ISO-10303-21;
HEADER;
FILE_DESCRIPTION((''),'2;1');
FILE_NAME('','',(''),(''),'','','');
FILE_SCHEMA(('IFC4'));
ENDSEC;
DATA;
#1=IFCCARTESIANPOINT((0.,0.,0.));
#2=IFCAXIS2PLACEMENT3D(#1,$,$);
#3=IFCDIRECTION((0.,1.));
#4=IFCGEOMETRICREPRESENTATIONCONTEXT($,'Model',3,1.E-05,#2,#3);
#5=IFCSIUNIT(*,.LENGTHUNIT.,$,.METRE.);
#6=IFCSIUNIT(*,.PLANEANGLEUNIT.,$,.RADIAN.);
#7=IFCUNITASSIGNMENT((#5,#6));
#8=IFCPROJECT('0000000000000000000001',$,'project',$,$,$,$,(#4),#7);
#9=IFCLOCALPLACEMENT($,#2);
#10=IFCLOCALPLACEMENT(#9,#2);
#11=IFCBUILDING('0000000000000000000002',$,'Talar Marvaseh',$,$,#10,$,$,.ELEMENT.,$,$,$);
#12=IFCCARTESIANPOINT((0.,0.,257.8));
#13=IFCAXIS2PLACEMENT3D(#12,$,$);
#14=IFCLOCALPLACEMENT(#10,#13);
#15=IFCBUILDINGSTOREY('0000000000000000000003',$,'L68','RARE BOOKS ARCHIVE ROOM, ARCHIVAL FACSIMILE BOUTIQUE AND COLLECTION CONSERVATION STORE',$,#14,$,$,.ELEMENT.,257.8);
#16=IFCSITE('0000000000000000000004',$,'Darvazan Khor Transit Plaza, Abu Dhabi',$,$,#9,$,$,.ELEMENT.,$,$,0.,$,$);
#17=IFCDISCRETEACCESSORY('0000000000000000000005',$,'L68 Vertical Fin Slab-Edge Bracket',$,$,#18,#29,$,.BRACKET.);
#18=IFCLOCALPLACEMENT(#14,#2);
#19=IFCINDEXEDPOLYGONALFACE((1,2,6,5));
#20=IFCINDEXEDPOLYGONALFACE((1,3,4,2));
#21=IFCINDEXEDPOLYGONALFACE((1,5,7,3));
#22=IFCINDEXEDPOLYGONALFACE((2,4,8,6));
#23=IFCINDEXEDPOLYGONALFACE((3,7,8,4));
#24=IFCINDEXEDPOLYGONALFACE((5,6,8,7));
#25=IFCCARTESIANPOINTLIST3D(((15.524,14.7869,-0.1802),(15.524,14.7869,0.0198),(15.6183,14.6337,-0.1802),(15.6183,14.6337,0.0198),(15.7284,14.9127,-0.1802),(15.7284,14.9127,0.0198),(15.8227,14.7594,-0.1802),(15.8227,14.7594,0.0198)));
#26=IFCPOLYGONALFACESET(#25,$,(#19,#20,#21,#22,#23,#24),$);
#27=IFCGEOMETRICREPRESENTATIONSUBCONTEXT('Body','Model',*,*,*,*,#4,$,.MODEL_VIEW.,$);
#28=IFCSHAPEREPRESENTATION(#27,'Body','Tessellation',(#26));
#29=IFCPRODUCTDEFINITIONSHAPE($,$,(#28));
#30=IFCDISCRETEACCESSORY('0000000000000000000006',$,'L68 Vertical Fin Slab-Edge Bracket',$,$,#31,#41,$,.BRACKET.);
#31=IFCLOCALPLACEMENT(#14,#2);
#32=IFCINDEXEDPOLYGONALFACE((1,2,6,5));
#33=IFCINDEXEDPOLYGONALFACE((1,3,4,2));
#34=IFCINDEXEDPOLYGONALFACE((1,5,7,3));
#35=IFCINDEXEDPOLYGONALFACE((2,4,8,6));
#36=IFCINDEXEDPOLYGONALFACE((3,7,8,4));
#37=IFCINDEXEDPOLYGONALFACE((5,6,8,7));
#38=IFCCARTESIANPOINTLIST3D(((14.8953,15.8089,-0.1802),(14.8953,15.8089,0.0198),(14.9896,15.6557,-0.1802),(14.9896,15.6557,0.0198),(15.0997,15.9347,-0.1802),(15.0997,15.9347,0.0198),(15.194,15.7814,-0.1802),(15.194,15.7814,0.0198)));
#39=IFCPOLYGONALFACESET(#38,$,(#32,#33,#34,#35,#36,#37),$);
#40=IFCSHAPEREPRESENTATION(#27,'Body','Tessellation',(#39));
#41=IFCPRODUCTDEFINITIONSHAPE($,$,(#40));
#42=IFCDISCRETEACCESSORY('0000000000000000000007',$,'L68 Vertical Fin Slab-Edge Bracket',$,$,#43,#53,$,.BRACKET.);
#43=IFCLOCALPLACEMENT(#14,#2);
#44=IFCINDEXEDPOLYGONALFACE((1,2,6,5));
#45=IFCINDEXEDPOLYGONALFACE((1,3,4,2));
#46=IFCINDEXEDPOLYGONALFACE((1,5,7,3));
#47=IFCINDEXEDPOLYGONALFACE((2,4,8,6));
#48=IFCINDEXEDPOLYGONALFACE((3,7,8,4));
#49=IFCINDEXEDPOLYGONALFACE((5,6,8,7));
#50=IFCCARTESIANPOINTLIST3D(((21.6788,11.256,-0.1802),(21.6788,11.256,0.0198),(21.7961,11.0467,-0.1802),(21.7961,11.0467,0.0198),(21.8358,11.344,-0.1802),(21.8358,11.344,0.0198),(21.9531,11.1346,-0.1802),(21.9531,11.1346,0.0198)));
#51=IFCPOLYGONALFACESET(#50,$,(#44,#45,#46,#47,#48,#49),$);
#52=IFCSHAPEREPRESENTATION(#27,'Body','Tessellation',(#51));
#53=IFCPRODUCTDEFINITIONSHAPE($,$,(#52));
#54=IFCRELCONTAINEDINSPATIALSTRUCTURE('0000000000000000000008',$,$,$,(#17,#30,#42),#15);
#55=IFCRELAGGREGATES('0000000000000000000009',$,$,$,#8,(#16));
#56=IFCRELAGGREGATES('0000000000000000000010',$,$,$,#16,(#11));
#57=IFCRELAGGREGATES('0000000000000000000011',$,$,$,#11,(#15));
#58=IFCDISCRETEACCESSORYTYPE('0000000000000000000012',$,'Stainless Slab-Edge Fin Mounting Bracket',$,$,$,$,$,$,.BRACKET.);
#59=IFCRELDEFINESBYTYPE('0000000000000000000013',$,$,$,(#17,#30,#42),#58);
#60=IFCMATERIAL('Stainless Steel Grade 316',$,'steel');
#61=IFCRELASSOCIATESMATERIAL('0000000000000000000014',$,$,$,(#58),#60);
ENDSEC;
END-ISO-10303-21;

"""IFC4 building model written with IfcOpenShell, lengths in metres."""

from ifc_helpers import new_model, si_unit, direction, frame, origin, origin_2d, place, context, subcontext, project, spatial, rectangle, extrude, source, transform, mapped, material, type_object, type_shapes, element, save


model = new_model("IFC4")

# Units and contexts
model_context = context("Model", 3, precision=1e-05, world=origin(), true_north=direction((0.0, 1.0)))
body_context = subcontext(model_context, "Body", "Model", "MODEL_VIEW")
ifc_project = project(units=[si_unit("LENGTHUNIT", "METRE"), si_unit("PLANEANGLEUNIT", "RADIAN")], contexts=[model_context])

# Site, building, storey
site_placement = place(None, origin())
site = spatial("IfcSite", under=ifc_project, at=site_placement, Name="Darvazan Khor Transit Plaza, Abu Dhabi", CompositionType="ELEMENT", RefElevation=0.0)
building_placement = place(site_placement, origin())
building = spatial("IfcBuilding", under=site, at=building_placement, Name="Talar Marvaseh", CompositionType="ELEMENT")
storey_placement = place(building_placement, frame((0.0, 0.0, 257.8)))
storey = spatial("IfcBuildingStorey", under=building, at=storey_placement, Name="L68", Description="RARE BOOKS ARCHIVE ROOM, ARCHIVAL FACSIMILE BOUTIQUE AND COLLECTION CONSERVATION STORE", CompositionType="ELEMENT", Elevation=257.8)

# Discrete accessories
ifc_material_1 = material(Name="Stainless Steel Grade 316", Category="steel")
discrete_accessory_type = type_object("IfcDiscreteAccessoryType", Name="Stainless Slab-Edge Fin Mounting Bracket", PredefinedType="BRACKET", material=ifc_material_1)
shared_shape_1 = source(origin(), body_context, "Body", "SweptSolid", [
    extrude(rectangle(XDim=0.24, YDim=0.1799, at=origin_2d()), origin(), (0.0, 0.0, 1.0), 0.2),
])
type_shapes(discrete_accessory_type, [shared_shape_1])
for number, where, z_axis, x_axis, name in (
    (1, (15.6733, 14.7732, -0.1802), (0.0, 0.0, 1.0), (-0.851727, -0.523986, 0.0), "L68 Vertical Fin Slab-Edge Bracket"),
    (2, (15.0447, 15.7952, -0.1802), (0.0, 0.0, 1.0), (-0.851727, -0.523986, 0.0), "L68 Vertical Fin Slab-Edge Bracket"),
    (3, (21.8159, 11.1953, -0.1802), (0.0, 0.0, 1.0), (0.488774, -0.872411, 0.0), "L68 Vertical Fin Slab-Edge Bracket"),
):
    element("IfcDiscreteAccessory", number, at=place(storey_placement, frame(where, z_axis=z_axis, x_axis=x_axis)), inside=storey, type_object=discrete_accessory_type, Name=name, PredefinedType="BRACKET", context=body_context, shape_type="MappedRepresentation", body=[
        mapped(shared_shape_1, transform((0.0, 0.0, 0.0), x_axis=(1.0, 0.0, 0.0), y_axis=(0.0, 1.0, 0.0), z_axis=(0.0, 0.0, 1.0), scale=1.0)),
    ])

save(model, "model.ifc")
